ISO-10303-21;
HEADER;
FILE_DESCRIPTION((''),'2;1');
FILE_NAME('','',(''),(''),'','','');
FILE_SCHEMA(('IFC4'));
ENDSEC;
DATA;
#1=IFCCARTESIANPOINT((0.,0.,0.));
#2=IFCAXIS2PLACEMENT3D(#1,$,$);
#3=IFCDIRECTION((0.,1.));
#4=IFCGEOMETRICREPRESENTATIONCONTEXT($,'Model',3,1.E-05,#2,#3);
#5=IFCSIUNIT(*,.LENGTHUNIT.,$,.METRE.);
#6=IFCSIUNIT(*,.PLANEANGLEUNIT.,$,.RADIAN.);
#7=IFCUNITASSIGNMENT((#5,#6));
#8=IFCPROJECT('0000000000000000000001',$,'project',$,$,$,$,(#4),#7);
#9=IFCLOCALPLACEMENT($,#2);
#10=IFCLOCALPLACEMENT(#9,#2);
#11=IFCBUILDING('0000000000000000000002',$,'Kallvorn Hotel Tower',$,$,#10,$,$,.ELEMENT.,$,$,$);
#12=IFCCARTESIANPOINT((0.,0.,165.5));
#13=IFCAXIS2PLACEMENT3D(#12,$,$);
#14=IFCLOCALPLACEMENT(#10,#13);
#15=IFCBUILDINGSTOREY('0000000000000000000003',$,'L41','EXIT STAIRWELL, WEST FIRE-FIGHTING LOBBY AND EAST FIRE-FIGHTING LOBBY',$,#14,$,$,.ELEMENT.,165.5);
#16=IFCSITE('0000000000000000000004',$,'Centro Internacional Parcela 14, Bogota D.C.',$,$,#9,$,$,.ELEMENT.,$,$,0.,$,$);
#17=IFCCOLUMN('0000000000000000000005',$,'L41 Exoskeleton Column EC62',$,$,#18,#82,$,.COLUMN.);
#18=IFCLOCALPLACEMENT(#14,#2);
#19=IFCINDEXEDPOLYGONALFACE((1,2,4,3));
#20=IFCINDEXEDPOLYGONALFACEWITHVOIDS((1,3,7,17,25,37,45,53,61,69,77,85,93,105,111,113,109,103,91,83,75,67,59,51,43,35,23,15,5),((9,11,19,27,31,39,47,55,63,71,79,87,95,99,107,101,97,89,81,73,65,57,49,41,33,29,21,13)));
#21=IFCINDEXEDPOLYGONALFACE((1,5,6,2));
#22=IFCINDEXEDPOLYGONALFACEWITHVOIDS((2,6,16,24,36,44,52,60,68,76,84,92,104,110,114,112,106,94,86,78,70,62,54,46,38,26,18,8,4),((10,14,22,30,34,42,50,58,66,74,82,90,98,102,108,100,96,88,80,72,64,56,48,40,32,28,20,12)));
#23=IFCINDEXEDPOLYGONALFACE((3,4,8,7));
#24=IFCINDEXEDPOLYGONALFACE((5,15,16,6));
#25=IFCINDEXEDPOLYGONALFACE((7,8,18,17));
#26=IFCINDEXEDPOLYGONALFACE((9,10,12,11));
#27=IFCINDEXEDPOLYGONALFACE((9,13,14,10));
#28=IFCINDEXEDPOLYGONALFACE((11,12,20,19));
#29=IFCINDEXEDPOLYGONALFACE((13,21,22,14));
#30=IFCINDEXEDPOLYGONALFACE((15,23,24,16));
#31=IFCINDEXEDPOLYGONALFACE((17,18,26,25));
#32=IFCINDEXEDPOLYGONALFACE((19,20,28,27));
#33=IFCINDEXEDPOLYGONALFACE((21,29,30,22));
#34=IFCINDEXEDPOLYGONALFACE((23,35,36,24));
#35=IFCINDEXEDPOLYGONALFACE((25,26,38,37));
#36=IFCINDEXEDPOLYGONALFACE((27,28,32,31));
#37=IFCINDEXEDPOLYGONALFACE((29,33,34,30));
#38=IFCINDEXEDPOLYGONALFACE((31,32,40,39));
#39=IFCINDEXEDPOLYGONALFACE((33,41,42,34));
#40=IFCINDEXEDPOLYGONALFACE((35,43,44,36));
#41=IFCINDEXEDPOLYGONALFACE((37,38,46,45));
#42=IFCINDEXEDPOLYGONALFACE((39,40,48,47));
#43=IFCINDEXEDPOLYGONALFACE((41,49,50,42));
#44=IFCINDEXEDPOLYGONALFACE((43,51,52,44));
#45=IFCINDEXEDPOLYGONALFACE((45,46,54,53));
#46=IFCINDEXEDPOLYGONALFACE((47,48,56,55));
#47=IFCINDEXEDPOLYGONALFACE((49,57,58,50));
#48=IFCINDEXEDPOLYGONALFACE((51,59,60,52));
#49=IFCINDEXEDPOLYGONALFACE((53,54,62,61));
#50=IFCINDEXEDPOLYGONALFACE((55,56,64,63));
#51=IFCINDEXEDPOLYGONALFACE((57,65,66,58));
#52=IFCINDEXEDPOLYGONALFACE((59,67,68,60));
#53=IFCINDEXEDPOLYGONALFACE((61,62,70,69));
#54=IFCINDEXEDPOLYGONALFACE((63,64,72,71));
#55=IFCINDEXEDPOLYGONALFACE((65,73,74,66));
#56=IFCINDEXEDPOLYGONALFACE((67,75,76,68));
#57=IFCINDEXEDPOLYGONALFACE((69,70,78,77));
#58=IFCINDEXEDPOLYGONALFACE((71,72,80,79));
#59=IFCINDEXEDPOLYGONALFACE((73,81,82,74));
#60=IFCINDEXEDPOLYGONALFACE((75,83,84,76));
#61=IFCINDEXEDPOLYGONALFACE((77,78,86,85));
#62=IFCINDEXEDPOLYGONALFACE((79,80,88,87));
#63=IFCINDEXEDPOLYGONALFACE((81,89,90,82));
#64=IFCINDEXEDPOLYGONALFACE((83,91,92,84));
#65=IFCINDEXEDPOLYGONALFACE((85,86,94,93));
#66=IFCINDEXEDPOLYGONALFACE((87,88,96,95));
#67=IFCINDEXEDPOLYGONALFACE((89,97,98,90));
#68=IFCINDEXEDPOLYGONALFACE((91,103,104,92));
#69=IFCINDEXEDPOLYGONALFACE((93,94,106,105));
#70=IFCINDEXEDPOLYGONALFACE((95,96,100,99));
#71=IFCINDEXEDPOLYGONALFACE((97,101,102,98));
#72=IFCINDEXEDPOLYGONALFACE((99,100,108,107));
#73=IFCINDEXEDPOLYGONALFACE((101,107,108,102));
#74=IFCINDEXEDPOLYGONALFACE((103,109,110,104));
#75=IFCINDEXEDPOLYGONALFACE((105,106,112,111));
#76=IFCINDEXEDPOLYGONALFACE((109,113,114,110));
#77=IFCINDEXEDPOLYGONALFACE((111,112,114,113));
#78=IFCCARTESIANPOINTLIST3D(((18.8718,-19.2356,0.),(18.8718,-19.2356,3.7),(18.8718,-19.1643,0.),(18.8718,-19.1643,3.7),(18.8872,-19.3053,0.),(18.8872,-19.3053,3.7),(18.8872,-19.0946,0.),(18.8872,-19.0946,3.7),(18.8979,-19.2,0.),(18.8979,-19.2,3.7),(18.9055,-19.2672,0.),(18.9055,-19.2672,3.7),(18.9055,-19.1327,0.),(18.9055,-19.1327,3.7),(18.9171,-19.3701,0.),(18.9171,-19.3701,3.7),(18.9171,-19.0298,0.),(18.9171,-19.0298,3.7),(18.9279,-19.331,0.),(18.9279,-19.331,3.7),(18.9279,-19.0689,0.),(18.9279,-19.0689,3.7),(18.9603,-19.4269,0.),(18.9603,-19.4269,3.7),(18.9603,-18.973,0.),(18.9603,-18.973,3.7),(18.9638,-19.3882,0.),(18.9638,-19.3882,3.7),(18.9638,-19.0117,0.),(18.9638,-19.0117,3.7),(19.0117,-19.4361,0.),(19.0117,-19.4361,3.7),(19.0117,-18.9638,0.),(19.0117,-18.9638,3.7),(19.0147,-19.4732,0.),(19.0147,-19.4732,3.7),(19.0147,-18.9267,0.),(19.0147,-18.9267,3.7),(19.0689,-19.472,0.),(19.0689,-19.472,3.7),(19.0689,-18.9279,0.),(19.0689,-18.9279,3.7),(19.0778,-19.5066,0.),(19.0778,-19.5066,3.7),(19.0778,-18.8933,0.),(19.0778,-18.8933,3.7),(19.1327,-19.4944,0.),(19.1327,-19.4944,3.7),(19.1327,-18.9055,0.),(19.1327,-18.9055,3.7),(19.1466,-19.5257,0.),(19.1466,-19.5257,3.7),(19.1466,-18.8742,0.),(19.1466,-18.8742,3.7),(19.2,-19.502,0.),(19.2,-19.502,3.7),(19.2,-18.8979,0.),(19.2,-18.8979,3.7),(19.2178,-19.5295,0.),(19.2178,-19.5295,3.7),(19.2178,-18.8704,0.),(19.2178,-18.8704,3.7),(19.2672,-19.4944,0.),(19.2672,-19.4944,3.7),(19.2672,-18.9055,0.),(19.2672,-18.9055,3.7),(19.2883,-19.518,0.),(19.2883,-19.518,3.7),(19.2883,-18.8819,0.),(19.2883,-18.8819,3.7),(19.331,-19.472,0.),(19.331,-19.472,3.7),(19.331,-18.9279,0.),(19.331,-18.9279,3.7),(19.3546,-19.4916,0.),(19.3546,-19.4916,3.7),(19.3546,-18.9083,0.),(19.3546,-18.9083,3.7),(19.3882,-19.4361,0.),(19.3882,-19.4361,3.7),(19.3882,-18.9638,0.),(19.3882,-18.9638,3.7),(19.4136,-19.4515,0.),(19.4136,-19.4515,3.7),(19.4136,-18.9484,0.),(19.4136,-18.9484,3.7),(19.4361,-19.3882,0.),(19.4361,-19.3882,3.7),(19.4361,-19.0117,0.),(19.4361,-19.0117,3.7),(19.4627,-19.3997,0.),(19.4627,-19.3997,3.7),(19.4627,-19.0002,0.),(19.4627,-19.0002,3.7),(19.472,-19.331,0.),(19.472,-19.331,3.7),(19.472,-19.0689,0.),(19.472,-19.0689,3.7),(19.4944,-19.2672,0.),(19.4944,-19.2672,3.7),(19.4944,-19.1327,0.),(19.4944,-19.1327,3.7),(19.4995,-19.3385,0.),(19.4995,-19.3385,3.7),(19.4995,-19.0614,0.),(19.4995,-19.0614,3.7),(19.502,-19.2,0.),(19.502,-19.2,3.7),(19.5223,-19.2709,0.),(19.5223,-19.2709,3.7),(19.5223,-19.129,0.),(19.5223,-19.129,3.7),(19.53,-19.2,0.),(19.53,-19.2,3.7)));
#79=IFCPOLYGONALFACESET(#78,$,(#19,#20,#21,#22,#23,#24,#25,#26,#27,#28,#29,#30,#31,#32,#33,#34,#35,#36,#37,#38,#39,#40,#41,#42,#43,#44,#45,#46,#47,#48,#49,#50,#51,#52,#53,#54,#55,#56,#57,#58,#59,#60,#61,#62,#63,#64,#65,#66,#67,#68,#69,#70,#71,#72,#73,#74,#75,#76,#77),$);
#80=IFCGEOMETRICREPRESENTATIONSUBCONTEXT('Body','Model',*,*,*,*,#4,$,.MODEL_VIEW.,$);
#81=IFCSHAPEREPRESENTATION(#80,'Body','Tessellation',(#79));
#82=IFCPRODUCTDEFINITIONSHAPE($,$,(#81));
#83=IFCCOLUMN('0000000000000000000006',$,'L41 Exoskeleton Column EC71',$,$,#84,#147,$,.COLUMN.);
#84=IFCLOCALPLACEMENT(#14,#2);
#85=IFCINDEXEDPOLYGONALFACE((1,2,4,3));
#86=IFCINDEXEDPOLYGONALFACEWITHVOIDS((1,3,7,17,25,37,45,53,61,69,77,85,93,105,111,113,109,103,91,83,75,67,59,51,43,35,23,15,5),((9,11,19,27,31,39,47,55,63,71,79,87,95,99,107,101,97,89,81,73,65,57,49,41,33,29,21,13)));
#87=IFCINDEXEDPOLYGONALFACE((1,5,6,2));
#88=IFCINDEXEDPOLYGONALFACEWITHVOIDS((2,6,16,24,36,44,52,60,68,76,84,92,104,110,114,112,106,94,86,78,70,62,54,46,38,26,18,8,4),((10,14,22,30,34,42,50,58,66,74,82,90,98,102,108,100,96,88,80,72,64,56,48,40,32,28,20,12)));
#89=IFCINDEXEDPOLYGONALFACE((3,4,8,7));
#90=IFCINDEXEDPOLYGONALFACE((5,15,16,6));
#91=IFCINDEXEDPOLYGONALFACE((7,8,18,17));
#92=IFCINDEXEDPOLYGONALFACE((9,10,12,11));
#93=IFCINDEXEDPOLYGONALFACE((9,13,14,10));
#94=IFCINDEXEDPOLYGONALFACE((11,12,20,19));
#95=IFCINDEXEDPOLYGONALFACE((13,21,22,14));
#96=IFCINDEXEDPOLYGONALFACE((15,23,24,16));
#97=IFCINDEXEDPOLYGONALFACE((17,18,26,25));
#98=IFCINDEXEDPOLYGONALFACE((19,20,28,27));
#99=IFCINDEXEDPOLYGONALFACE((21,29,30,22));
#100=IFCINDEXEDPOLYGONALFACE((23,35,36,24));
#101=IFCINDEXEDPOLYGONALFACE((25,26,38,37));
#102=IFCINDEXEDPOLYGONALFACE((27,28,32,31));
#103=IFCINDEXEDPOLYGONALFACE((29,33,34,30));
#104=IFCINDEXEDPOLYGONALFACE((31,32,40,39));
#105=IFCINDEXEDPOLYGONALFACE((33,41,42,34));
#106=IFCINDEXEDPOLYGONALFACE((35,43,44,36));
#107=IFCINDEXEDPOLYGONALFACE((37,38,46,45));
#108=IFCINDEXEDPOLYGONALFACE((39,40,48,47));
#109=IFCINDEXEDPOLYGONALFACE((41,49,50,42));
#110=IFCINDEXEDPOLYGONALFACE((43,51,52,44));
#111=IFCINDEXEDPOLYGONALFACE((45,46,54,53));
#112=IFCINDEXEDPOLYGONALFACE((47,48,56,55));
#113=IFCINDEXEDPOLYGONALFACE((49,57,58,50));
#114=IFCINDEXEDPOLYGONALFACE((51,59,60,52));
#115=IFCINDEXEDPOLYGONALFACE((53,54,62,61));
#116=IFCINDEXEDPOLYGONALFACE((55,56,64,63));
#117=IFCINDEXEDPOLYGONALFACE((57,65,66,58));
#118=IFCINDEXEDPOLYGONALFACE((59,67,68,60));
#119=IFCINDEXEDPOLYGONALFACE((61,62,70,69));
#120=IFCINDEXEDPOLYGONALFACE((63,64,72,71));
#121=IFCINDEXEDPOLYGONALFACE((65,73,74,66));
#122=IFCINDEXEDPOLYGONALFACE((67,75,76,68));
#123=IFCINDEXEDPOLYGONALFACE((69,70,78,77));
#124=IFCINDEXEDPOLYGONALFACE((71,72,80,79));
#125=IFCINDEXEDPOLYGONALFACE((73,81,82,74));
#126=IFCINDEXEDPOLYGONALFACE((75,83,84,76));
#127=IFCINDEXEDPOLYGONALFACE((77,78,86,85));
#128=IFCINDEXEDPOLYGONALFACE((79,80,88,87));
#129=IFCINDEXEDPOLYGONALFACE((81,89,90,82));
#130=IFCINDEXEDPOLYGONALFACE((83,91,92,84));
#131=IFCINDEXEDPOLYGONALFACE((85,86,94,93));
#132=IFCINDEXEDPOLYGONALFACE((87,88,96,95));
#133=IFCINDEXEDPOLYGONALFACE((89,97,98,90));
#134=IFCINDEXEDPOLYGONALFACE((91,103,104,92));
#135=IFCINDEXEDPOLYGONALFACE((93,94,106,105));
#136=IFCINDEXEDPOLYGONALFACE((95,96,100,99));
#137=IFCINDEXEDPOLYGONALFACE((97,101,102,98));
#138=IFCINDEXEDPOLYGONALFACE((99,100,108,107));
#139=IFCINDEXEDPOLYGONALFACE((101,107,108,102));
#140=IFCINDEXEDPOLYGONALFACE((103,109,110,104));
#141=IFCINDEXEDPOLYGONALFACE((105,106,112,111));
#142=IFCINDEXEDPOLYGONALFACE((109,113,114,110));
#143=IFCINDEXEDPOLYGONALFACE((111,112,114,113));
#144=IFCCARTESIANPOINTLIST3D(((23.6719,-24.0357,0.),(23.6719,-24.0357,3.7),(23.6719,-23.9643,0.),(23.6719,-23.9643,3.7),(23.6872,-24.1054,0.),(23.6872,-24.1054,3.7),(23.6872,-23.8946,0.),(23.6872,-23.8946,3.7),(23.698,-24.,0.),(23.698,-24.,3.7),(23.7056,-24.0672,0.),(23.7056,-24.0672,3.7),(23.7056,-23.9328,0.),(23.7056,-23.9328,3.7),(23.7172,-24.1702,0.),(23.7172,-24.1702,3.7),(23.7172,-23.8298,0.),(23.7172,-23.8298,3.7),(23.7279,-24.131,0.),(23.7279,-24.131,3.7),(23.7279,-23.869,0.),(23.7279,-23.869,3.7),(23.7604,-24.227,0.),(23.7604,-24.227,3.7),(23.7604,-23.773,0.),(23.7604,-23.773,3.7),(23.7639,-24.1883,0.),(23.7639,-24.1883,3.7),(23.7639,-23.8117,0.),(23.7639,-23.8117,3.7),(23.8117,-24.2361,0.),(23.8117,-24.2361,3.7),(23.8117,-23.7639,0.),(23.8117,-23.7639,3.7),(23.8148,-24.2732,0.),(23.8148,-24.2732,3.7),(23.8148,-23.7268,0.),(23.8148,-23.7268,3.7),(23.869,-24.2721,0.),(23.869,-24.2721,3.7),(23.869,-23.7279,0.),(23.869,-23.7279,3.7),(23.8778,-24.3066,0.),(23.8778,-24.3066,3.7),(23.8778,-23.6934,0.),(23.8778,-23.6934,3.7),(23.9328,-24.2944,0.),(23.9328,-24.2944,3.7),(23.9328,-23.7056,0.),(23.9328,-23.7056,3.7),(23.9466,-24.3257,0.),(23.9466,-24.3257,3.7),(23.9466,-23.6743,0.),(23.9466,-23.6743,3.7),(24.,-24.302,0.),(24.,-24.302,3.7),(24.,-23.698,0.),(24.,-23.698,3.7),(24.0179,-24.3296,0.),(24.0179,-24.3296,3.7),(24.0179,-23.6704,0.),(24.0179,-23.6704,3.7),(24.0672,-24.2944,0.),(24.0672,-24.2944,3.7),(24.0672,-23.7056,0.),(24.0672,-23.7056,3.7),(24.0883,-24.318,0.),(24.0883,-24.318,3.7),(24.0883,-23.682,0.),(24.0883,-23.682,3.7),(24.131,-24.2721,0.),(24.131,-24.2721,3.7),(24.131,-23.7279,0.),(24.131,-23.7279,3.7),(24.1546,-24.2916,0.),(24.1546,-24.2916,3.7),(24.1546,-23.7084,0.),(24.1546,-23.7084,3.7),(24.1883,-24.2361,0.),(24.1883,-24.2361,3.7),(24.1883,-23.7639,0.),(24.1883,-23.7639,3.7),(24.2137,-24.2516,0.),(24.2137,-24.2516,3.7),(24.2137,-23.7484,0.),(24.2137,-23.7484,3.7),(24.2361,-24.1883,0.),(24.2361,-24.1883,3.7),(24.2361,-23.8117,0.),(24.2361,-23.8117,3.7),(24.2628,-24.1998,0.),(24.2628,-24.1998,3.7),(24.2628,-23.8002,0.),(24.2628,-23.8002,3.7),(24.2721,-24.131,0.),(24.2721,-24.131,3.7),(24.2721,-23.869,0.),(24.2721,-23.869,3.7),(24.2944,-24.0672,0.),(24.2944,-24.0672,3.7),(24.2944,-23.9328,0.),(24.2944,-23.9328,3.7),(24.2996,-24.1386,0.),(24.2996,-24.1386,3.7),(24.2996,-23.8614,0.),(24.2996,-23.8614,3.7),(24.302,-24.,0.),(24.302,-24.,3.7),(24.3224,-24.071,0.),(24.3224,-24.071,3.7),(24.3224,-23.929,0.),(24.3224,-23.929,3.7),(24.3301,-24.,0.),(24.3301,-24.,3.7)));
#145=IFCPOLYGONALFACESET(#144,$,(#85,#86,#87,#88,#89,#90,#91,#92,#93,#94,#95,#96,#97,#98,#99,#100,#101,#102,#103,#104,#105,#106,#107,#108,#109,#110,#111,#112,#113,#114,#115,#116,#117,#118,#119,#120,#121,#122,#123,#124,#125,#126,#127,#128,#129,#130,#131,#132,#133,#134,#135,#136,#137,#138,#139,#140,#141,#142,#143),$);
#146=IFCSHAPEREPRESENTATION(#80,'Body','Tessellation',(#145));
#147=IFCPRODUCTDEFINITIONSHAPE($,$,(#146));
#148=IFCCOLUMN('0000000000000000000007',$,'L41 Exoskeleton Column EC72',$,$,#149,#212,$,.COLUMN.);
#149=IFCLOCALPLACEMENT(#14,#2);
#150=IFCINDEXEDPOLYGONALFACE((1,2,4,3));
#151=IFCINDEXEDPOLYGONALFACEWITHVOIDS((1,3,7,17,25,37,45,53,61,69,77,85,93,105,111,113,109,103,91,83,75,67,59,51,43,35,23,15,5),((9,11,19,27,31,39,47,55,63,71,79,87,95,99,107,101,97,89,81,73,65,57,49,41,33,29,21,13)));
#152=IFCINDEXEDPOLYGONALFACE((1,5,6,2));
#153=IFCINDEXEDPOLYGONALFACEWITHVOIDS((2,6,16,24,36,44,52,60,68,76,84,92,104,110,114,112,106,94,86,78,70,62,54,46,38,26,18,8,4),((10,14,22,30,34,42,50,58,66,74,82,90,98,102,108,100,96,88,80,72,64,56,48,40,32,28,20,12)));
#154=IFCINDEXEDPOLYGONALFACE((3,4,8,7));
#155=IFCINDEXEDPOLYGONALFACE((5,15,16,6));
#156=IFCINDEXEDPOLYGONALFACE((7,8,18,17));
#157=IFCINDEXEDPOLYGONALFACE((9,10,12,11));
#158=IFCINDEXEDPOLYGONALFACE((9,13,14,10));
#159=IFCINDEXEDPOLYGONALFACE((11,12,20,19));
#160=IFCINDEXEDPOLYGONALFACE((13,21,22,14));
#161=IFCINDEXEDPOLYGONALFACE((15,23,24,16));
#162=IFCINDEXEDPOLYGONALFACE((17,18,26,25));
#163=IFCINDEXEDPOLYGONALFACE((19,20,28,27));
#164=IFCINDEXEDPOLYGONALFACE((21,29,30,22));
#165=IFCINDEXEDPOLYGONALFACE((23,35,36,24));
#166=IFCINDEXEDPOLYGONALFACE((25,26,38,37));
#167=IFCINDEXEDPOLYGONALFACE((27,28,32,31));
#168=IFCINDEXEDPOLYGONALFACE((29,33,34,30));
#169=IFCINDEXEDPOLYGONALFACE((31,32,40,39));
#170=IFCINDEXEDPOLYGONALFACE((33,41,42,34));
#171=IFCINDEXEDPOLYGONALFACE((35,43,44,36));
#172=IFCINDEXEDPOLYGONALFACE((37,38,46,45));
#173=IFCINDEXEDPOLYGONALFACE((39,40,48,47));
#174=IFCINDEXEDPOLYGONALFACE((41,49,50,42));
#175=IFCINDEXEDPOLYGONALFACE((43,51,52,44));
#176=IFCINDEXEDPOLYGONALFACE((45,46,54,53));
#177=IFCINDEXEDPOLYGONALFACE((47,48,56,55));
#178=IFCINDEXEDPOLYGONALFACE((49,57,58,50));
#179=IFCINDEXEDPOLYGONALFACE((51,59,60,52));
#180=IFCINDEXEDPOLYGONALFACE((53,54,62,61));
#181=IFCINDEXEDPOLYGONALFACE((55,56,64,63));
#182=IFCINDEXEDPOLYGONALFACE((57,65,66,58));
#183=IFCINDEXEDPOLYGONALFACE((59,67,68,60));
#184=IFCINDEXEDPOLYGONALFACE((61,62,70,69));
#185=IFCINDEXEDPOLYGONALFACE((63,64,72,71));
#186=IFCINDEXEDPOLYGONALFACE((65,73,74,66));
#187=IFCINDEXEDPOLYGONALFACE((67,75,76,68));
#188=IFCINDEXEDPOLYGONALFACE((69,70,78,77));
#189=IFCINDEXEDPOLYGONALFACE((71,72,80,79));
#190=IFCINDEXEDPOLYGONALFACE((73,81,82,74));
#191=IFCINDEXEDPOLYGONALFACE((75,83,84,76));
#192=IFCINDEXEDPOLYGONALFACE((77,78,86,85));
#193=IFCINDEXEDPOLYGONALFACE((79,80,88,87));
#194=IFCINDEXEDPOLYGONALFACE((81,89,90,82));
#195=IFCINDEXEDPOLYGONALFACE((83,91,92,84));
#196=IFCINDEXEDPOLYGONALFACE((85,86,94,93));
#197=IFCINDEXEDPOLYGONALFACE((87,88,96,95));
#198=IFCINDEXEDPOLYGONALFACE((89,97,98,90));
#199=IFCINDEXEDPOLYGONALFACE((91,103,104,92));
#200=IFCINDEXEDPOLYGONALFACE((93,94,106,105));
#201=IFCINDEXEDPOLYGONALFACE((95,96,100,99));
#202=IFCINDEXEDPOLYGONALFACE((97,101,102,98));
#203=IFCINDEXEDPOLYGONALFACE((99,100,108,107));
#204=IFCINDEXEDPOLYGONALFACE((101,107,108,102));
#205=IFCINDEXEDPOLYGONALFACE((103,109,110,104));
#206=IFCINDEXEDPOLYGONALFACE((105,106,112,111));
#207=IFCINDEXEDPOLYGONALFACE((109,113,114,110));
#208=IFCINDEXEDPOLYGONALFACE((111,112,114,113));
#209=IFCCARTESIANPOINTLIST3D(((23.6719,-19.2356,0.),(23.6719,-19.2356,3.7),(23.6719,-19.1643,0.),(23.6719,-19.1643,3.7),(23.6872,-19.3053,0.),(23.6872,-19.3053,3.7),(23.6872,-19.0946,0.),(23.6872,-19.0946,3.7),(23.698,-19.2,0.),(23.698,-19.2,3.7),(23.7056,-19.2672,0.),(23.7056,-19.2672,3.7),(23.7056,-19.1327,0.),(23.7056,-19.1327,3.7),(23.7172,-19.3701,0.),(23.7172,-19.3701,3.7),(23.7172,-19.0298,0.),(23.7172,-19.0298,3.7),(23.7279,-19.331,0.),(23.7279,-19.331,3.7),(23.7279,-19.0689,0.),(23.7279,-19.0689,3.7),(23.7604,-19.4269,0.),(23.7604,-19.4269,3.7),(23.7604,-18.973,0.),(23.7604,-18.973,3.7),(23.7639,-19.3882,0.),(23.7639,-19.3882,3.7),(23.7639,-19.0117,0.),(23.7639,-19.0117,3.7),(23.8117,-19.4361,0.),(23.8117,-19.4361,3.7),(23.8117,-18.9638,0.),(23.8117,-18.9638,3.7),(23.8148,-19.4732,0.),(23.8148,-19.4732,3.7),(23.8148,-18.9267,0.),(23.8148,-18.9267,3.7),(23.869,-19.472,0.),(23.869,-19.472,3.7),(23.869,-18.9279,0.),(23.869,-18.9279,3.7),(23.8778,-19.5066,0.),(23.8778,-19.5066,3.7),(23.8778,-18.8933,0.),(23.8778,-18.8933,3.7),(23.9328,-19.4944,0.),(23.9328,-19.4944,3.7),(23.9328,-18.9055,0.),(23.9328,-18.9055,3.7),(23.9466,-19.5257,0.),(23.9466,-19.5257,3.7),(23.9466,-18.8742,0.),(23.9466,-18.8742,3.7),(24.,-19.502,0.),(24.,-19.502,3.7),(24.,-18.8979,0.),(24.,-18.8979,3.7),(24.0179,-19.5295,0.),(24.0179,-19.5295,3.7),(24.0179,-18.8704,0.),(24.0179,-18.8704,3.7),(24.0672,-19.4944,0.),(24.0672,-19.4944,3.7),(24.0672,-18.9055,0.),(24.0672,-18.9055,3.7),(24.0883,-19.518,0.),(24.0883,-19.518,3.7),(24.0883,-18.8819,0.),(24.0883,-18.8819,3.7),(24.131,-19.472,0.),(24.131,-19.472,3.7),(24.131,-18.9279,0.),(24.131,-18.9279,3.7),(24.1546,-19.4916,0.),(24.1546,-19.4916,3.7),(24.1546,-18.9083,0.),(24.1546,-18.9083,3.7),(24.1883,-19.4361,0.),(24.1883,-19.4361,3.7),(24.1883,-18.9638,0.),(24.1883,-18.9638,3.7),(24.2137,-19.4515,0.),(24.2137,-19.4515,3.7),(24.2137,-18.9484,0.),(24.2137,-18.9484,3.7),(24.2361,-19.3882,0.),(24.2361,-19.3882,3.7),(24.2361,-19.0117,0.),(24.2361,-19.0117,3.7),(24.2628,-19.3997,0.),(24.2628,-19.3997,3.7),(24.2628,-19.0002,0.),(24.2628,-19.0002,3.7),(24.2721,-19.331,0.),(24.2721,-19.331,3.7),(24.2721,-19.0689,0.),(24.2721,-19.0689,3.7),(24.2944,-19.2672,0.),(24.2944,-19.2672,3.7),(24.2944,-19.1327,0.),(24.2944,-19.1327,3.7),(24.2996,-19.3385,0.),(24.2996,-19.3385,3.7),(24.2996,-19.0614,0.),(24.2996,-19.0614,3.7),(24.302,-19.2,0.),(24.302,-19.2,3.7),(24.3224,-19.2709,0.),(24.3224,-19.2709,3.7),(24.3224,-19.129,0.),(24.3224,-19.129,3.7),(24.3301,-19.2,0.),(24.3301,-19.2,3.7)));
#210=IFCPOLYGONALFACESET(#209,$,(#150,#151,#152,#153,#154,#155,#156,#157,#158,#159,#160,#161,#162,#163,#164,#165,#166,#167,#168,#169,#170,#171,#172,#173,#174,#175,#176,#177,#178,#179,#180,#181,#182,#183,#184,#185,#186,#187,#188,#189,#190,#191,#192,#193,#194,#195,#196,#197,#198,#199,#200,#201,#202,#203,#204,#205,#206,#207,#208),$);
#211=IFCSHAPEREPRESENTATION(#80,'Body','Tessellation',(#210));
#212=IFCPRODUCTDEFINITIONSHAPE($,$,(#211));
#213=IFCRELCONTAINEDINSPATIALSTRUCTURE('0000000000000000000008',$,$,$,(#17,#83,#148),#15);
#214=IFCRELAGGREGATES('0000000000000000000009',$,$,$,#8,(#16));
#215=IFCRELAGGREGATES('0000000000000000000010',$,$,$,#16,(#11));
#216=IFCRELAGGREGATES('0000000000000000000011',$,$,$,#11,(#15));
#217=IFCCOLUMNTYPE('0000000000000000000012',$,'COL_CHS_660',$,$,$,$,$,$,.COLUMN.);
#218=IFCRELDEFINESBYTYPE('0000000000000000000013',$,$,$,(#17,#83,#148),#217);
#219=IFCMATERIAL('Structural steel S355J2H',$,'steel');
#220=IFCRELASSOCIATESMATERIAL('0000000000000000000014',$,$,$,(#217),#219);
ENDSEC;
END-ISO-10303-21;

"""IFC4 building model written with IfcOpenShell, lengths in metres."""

from ifc_helpers import new_model, si_unit, direction, frame, origin, origin_2d, place, context, subcontext, project, spatial, hollow_circle, extrude, material, material_profile, profile_set, type_object, element, save


model = new_model("IFC4")

# Units and contexts
model_context = context("Model", 3, precision=1e-05, world=origin(), true_north=direction((0.0, 1.0)))
body_context = subcontext(model_context, "Body", "Model", "MODEL_VIEW")
ifc_project = project(units=[si_unit("LENGTHUNIT", "METRE"), si_unit("PLANEANGLEUNIT", "RADIAN")], contexts=[model_context])

# Site, building, storey
site_placement = place(None, origin())
site = spatial("IfcSite", under=ifc_project, at=site_placement, Name="Centro Internacional Parcela 14, Bogota D.C.", CompositionType="ELEMENT", RefElevation=0.0)
building_placement = place(site_placement, origin())
building = spatial("IfcBuilding", under=site, at=building_placement, Name="Kallvorn Hotel Tower", CompositionType="ELEMENT")
storey_placement = place(building_placement, frame((0.0, 0.0, 165.5)))
storey = spatial("IfcBuildingStorey", under=building, at=storey_placement, Name="L41", Description="EXIT STAIRWELL, WEST FIRE-FIGHTING LOBBY AND EAST FIRE-FIGHTING LOBBY", CompositionType="ELEMENT", Elevation=165.5)

# Columns
ifc_material_1 = material(Name="Structural steel S355J2H", Category="steel")
ifc_material_profile_1 = material_profile(ifc_material_1, hollow_circle(Radius=0.3301, WallThickness=0.0281, at=origin_2d()), Name="CHS 660x28")
ifc_profile_set_1 = profile_set([ifc_material_profile_1], Name="Structural steel S355J2H")
column_type = type_object("IfcColumnType", Name="COL_CHS_660", PredefinedType="COLUMN", material=ifc_profile_set_1)
for number, where, z_axis, x_axis, name in (
    (1, (19.2, -19.2, 0.0), (0.0, 0.0, 1.0), (1.0, 0.0, 0.0), "L41 Exoskeleton Column EC62"),
    (2, (24.0, -24.0, 0.0), (0.0, 0.0, 1.0), (1.0, 0.0, 0.0), "L41 Exoskeleton Column EC71"),
    (3, (24.0, -19.2, 0.0), (0.0, 0.0, 1.0), (1.0, 0.0, 0.0), "L41 Exoskeleton Column EC72"),
):
    element("IfcColumn", number, at=place(storey_placement, frame(where, z_axis=z_axis, x_axis=x_axis)), inside=storey, type_object=column_type, Name=name, PredefinedType="COLUMN", context=body_context, shape_type="SweptSolid", body=[
        extrude(hollow_circle(Radius=0.3301, WallThickness=0.0281, at=origin_2d()), origin(), (0.0, 0.0, 1.0), 3.7),
    ])

save(model, "model.ifc")
